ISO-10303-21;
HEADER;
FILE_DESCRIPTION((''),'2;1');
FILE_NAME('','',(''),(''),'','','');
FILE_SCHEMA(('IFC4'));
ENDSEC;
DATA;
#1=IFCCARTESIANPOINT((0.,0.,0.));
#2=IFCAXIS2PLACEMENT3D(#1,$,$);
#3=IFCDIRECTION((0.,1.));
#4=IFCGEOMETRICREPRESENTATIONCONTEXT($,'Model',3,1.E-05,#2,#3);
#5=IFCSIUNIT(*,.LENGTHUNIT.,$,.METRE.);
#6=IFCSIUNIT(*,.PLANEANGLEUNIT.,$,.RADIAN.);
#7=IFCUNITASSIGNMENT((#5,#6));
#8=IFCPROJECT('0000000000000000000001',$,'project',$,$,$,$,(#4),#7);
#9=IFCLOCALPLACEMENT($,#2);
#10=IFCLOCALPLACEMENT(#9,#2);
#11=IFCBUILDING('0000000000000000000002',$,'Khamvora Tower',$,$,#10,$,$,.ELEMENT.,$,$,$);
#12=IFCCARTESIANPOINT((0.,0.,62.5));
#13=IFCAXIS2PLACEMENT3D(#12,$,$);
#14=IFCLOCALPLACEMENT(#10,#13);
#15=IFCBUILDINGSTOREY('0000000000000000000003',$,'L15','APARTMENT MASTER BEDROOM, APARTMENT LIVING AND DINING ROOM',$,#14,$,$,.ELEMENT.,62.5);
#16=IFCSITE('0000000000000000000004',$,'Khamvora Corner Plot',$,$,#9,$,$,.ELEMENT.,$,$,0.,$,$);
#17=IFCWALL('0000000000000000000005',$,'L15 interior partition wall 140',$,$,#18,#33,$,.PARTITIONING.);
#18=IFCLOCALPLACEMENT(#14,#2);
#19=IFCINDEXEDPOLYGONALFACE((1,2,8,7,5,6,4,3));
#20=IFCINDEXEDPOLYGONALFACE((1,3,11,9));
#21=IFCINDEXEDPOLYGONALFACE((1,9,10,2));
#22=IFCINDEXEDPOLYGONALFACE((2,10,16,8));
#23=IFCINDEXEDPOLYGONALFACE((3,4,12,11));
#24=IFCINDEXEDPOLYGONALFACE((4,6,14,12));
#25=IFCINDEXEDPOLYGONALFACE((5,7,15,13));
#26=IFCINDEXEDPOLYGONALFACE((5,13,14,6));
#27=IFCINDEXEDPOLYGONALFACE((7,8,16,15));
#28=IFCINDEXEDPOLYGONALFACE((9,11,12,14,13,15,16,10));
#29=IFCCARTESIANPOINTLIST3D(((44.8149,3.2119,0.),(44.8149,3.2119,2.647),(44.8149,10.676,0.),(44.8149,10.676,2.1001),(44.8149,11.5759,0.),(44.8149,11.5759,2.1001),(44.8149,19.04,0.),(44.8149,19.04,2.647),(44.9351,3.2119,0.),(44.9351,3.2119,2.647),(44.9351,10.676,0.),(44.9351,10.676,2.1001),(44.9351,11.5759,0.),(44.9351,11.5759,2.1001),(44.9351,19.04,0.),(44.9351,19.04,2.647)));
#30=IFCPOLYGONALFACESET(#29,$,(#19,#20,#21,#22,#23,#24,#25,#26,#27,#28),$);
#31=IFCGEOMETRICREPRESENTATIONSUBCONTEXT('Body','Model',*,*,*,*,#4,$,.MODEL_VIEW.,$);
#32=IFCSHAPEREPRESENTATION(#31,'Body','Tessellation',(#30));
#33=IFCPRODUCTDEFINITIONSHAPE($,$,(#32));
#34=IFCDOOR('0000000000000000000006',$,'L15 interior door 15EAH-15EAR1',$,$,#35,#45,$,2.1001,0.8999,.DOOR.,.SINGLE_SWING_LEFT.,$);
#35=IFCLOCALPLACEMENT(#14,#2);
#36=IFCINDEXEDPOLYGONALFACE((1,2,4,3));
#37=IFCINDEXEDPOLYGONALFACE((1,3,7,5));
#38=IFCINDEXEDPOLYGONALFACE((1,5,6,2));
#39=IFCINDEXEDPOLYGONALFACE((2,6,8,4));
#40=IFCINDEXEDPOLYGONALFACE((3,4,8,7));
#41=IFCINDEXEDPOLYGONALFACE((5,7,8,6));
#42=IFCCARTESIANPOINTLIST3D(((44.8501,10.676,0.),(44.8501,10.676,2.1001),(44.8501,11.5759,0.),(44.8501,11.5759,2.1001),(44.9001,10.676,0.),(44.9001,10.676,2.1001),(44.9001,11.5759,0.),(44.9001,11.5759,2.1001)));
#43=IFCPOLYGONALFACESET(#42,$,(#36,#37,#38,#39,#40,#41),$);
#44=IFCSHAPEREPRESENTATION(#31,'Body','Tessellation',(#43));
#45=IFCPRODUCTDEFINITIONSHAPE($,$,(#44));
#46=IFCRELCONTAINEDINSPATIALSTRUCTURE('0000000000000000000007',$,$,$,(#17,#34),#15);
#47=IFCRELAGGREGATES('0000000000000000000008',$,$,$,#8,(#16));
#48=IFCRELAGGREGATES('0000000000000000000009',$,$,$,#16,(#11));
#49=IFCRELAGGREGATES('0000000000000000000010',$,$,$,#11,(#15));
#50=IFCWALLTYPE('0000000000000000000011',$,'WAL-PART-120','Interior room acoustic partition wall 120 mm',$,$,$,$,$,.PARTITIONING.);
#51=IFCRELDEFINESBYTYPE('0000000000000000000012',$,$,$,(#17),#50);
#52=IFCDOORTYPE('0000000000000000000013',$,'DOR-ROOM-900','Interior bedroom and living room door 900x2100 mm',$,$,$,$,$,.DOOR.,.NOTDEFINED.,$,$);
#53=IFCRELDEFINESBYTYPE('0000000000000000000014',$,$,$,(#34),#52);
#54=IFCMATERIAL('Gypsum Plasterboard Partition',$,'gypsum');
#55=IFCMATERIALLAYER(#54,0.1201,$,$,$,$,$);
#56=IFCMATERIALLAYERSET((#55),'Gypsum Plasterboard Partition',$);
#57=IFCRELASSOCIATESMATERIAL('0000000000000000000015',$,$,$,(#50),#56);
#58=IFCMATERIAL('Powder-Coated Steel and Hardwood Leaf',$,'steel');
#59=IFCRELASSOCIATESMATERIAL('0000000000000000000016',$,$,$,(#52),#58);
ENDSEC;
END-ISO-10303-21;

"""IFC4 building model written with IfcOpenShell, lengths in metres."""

from ifc_helpers import new_model, si_unit, direction, frame, frame_2d, origin, place, context, subcontext, project, spatial, rectangle, extrude, material, layer, layer_set, type_object, element, fill, save


model = new_model("IFC4")

# Units and contexts
model_context = context("Model", 3, precision=1e-05, world=origin(), true_north=direction((0.0, 1.0)))
body_context = subcontext(model_context, "Body", "Model", "MODEL_VIEW")
ifc_project = project(units=[si_unit("LENGTHUNIT", "METRE"), si_unit("PLANEANGLEUNIT", "RADIAN")], contexts=[model_context])

# Site, building, storey
site_placement = place(None, origin())
site = spatial("IfcSite", under=ifc_project, at=site_placement, Name="Khamvora Corner Plot", CompositionType="ELEMENT", RefElevation=0.0)
building_placement = place(site_placement, origin())
building = spatial("IfcBuilding", under=site, at=building_placement, Name="Khamvora Tower", CompositionType="ELEMENT")
storey_placement = place(building_placement, frame((0.0, 0.0, 62.5)))
storey = spatial("IfcBuildingStorey", under=building, at=storey_placement, Name="L15", Description="APARTMENT MASTER BEDROOM, APARTMENT LIVING AND DINING ROOM", CompositionType="ELEMENT", Elevation=62.5)

# Wall, opening, door
ifc_material_1 = material(Name="Gypsum Plasterboard Partition", Category="gypsum")
ifc_layer_1 = layer(ifc_material_1, 0.1201)
ifc_layer_set_1 = layer_set([ifc_layer_1], Name="Gypsum Plasterboard Partition")
wall_type_1 = type_object("IfcWallType", Name="WAL-PART-120", Description="Interior room acoustic partition wall 120 mm", PredefinedType="PARTITIONING", material=ifc_layer_set_1)
ifc_material_2 = material(Name="Powder-Coated Steel and Hardwood Leaf", Category="steel")
door_type = type_object("IfcDoorType", Name="DOR-ROOM-900", Description="Interior bedroom and living room door 900x2100 mm", OperationType="NOTDEFINED", PredefinedType="DOOR", material=ifc_material_2)
wall_1_placement = place(storey_placement, frame((44.875, 3.2119, 0.0), z_axis=(0.0, 0.0, 1.0), x_axis=(0.0, 1.0, 0.0)))
wall_1 = element("IfcWall", 1, at=wall_1_placement, inside=storey, type_object=wall_type_1, Name="L15 interior partition wall 140", PredefinedType="PARTITIONING", context=body_context, shape_type="SweptSolid", body=[
    extrude(rectangle(XDim=15.8281, YDim=0.1201, at=frame_2d((7.9141, 0.0))), origin(), (0.0, 0.0, 1.0), 2.647),
])
opening_1_placement = place(wall_1_placement, frame((7.4641, 0.0, 0.0)))
opening_1 = element("IfcOpeningElement", 2, at=opening_1_placement, cuts=wall_1, PredefinedType="OPENING", context=body_context, shape_type="SweptSolid", body=[
    extrude(rectangle(XDim=0.8999, YDim=2.1001, at=frame_2d((0.45, 1.05))), frame((0.0, 0.0701, 0.0), z_axis=(0.0, -1.0, 0.0), x_axis=(1.0, 0.0, 0.0)), (0.0, 0.0, 1.0), 0.1401),
])
door_1_placement = place(opening_1_placement, origin())
door_1 = element("IfcDoor", 3, at=door_1_placement, inside=storey, type_object=door_type, Name="L15 interior door 15EAH-15EAR1", OperationType="SINGLE_SWING_LEFT", OverallHeight=2.1001, OverallWidth=0.8999, PredefinedType="DOOR", context=body_context, shape_type="SweptSolid", body=[
    extrude(rectangle(XDim=0.8999, YDim=2.1001, at=frame_2d((0.45, 1.05))), frame((0.0, 0.0249, 0.0), z_axis=(0.0, -1.0, 0.0), x_axis=(1.0, 0.0, 0.0)), (0.0, 0.0, 1.0), 0.05),
])
fill(opening_1, door_1)

save(model, "model.ifc")
